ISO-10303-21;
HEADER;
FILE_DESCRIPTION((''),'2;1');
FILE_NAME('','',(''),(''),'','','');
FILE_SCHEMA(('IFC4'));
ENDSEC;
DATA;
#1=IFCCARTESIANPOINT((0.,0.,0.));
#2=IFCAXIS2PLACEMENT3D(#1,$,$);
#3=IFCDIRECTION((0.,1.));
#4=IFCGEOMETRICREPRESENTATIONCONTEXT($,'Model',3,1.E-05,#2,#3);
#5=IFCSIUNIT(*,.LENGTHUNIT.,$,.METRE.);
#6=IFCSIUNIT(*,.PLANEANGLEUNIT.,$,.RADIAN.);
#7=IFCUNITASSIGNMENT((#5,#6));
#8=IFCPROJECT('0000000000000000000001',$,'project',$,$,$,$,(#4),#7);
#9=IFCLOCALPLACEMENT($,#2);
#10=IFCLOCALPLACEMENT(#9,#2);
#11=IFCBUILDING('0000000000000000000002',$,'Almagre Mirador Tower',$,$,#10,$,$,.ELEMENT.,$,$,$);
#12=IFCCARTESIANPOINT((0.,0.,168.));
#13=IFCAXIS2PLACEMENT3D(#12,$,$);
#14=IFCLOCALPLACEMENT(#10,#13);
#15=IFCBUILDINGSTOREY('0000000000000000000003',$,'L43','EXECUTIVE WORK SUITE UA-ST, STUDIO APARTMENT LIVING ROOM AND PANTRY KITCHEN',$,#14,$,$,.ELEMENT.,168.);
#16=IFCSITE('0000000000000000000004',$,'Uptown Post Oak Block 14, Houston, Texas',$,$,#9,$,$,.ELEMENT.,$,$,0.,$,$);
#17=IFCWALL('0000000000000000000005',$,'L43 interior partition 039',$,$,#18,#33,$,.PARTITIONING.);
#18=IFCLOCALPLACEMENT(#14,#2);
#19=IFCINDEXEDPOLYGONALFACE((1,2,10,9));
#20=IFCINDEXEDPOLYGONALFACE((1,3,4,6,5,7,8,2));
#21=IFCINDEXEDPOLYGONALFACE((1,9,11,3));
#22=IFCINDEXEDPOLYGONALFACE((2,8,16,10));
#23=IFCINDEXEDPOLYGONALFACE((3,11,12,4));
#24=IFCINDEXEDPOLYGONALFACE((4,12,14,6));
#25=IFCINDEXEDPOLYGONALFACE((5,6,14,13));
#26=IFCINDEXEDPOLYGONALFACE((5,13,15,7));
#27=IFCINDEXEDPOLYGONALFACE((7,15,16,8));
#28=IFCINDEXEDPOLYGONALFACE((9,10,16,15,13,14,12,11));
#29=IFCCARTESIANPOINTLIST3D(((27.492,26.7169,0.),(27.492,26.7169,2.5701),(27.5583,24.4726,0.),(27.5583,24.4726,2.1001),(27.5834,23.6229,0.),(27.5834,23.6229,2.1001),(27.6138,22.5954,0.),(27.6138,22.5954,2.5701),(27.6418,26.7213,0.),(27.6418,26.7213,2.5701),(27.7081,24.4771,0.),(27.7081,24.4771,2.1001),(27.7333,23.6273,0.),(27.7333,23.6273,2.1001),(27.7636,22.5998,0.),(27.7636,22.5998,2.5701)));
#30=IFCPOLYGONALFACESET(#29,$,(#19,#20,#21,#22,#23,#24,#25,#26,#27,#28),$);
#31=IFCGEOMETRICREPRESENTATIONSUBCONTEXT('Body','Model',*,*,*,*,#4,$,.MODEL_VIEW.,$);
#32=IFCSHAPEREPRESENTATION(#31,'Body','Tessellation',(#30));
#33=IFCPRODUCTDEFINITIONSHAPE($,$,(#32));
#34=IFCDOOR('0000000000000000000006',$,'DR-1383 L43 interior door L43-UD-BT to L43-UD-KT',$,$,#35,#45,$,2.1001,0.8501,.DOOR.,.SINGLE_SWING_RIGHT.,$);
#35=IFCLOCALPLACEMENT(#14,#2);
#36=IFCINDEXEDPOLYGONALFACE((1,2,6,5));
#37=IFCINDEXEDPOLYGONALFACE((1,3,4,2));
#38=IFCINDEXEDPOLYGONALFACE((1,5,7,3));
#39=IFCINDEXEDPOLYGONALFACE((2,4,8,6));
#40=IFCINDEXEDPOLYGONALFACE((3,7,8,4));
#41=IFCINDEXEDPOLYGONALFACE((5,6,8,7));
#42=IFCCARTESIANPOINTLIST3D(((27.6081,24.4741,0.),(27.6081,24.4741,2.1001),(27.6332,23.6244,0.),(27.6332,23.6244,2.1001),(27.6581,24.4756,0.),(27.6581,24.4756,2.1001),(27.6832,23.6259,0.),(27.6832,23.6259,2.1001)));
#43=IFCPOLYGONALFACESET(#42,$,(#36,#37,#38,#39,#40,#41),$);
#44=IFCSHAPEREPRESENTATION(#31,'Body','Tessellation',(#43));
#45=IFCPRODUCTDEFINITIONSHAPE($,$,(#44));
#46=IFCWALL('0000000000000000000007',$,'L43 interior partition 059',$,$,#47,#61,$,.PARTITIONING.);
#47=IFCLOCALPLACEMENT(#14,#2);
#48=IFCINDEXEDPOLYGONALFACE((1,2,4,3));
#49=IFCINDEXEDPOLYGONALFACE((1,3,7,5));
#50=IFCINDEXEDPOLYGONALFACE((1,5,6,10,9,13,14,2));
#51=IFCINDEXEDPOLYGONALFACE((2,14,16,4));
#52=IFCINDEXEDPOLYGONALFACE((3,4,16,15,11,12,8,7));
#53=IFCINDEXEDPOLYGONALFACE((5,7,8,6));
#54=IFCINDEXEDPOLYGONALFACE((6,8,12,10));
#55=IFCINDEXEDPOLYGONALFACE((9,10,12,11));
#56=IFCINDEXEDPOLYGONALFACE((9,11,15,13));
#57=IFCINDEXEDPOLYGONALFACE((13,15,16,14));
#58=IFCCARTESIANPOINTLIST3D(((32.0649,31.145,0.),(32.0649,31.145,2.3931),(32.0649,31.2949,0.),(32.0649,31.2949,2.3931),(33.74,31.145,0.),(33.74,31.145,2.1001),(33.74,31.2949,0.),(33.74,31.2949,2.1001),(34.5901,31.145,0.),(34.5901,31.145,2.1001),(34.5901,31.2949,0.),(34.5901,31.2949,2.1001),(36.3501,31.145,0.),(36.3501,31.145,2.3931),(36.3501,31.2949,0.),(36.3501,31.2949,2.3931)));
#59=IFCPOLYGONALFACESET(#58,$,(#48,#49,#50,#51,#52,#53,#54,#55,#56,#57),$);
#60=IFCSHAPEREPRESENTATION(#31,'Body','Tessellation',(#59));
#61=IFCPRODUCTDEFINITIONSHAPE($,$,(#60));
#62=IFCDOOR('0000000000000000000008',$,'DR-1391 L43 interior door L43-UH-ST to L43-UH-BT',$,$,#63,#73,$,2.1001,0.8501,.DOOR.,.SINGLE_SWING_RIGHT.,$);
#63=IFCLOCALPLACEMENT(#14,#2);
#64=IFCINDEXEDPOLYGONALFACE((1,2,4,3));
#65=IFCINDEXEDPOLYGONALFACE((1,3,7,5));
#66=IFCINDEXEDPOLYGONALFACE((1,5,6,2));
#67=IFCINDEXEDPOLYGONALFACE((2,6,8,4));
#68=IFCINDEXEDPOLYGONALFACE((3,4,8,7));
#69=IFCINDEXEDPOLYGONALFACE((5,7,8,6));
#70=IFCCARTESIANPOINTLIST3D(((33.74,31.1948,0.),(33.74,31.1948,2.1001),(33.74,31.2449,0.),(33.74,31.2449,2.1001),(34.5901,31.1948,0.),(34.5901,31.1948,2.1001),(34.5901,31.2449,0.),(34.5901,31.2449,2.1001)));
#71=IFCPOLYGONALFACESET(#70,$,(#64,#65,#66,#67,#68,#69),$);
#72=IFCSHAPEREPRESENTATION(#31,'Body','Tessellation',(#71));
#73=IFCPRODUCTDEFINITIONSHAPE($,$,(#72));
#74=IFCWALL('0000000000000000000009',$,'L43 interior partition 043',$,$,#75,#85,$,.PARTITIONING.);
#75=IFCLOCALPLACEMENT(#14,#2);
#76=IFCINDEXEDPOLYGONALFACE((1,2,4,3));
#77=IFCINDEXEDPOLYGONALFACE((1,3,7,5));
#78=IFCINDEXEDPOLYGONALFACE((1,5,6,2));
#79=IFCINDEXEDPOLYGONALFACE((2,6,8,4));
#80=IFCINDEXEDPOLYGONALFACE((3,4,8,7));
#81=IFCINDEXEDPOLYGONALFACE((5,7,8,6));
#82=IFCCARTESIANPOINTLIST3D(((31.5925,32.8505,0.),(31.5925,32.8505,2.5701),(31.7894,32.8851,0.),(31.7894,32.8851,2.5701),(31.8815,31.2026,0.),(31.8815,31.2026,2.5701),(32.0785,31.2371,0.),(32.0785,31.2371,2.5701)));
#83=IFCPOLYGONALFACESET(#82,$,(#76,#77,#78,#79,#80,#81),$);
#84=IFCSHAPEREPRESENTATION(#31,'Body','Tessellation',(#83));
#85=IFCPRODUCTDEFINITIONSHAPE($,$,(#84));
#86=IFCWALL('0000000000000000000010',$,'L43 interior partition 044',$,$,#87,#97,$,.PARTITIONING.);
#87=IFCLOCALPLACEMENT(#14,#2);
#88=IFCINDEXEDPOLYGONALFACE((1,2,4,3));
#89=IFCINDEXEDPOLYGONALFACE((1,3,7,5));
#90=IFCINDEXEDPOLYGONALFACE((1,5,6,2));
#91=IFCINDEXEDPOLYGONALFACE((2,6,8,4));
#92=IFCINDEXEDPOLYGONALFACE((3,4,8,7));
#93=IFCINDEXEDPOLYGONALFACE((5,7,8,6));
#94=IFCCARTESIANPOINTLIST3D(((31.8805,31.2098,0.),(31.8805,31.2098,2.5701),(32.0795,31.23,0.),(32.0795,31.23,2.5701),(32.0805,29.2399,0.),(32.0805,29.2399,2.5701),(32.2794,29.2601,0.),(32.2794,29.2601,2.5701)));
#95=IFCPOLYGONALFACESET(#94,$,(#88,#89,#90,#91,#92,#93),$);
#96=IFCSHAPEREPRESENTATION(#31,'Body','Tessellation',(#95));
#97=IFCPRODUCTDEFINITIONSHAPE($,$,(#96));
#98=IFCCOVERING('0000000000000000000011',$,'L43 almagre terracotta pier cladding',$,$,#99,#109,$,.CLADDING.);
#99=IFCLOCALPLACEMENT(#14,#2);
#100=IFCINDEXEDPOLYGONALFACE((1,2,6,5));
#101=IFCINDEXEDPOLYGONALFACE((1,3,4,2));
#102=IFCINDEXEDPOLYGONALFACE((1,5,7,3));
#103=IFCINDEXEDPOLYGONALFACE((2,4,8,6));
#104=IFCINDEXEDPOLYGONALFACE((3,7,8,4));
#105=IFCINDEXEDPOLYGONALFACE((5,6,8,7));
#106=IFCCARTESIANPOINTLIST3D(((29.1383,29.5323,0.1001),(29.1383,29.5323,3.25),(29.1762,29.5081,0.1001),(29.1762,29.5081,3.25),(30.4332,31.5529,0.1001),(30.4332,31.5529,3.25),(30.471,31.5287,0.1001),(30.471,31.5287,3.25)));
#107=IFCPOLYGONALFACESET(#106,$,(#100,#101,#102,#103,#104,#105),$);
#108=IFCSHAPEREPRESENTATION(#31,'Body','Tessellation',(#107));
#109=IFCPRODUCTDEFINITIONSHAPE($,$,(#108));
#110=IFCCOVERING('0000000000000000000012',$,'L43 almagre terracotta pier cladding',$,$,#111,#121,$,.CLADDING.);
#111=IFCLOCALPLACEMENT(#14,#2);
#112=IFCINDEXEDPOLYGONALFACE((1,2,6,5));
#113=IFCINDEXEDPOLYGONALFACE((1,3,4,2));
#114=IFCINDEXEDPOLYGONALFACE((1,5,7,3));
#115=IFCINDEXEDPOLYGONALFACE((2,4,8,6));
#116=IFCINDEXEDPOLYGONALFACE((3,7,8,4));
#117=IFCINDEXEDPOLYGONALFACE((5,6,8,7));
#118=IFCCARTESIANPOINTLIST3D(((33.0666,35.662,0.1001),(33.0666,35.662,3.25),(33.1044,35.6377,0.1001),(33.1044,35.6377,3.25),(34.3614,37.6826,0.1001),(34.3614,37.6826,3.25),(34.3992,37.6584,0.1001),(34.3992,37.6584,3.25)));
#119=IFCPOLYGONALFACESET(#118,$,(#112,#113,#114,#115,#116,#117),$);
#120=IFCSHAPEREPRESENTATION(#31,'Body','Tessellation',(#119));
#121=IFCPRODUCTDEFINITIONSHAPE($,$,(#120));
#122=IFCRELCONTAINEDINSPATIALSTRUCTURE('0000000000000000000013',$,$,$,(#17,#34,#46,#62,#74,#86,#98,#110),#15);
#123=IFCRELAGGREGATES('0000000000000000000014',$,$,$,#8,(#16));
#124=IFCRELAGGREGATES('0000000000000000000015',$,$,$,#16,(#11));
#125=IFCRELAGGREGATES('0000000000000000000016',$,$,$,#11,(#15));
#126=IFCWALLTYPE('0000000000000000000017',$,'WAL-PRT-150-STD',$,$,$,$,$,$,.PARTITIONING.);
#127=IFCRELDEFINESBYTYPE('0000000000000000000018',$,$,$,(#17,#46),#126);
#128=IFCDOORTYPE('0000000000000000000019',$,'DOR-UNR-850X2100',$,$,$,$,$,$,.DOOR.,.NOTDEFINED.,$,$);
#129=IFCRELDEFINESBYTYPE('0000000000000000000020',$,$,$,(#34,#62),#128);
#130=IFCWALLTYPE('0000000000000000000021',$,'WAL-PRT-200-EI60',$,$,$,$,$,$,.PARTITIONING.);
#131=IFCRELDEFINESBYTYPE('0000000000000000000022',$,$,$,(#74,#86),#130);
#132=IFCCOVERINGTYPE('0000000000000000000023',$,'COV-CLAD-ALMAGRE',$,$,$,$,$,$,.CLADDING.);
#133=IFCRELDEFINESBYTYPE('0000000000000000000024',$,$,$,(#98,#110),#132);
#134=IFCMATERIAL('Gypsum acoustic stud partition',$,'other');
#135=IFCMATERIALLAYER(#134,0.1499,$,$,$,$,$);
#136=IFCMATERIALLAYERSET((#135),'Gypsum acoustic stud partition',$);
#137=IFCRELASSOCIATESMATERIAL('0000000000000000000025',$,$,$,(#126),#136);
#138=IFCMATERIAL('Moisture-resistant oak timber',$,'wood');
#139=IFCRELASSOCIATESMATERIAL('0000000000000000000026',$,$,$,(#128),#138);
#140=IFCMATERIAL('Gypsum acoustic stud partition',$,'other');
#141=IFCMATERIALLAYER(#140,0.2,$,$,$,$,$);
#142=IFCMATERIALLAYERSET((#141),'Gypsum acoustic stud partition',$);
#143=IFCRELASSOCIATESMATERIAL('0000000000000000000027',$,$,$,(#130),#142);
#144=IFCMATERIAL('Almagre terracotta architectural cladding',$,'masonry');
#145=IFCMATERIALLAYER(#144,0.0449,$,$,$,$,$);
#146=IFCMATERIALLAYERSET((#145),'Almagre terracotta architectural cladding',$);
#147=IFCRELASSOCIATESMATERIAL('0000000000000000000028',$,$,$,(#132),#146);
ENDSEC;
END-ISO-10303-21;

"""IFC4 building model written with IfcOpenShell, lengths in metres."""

from ifc_helpers import new_model, si_unit, direction, frame, frame_2d, origin, origin_2d, place, context, subcontext, project, spatial, rectangle, extrude, material, layer, layer_set, type_object, element, fill, save


model = new_model("IFC4")

# Units and contexts
model_context = context("Model", 3, precision=1e-05, world=origin(), true_north=direction((0.0, 1.0)))
body_context = subcontext(model_context, "Body", "Model", "MODEL_VIEW")
ifc_project = project(units=[si_unit("LENGTHUNIT", "METRE"), si_unit("PLANEANGLEUNIT", "RADIAN")], contexts=[model_context])

# Site, building, storey
site_placement = place(None, origin())
site = spatial("IfcSite", under=ifc_project, at=site_placement, Name="Uptown Post Oak Block 14, Houston, Texas", CompositionType="ELEMENT", RefElevation=0.0)
building_placement = place(site_placement, origin())
building = spatial("IfcBuilding", under=site, at=building_placement, Name="Almagre Mirador Tower", CompositionType="ELEMENT")
storey_placement = place(building_placement, frame((0.0, 0.0, 168.0)))
storey = spatial("IfcBuildingStorey", under=building, at=storey_placement, Name="L43", Description="EXECUTIVE WORK SUITE UA-ST, STUDIO APARTMENT LIVING ROOM AND PANTRY KITCHEN", CompositionType="ELEMENT", Elevation=168.0)

# Walls, openings, doors
ifc_material_1 = material(Name="Gypsum acoustic stud partition", Category="other")
ifc_layer_1 = layer(ifc_material_1, 0.1499)
ifc_layer_set_1 = layer_set([ifc_layer_1], Name="Gypsum acoustic stud partition")
wall_type_1 = type_object("IfcWallType", Name="WAL-PRT-150-STD", PredefinedType="PARTITIONING", material=ifc_layer_set_1)
wall_1_placement = place(storey_placement, frame((27.5669, 26.719, 0.0), z_axis=(0.0, 0.0, 1.0), x_axis=(0.029545, -0.999563, 0.0)))
wall_1 = element("IfcWall", 1, at=wall_1_placement, inside=storey, type_object=wall_type_1, Name="L43 interior partition 039", PredefinedType="PARTITIONING", context=body_context, shape_type="SweptSolid", body=[
    extrude(rectangle(XDim=4.1233, YDim=0.1499, at=frame_2d((2.0615, 0.0))), origin(), (0.0, 0.0, 1.0), 2.5701),
])
opening_1_placement = place(wall_1_placement, frame((2.2451, 0.0, 0.0)))
opening_1 = element("IfcOpeningElement", 2, at=opening_1_placement, cuts=wall_1, PredefinedType="OPENING", context=body_context, shape_type="SweptSolid", body=[
    extrude(rectangle(XDim=0.8501, YDim=2.1001, at=frame_2d((0.425, 1.05))), frame((0.0, 0.085, 0.0), z_axis=(0.0, -1.0, 0.0), x_axis=(1.0, 0.0, 0.0)), (0.0, 0.0, 1.0), 0.1699),
])
ifc_material_2 = material(Name="Moisture-resistant oak timber", Category="wood")
door_type = type_object("IfcDoorType", Name="DOR-UNR-850X2100", OperationType="NOTDEFINED", PredefinedType="DOOR", material=ifc_material_2)
door_1_placement = place(opening_1_placement, origin())
door_1 = element("IfcDoor", 3, at=door_1_placement, inside=storey, type_object=door_type, Name="DR-1383 L43 interior door L43-UD-BT to L43-UD-KT", OperationType="SINGLE_SWING_RIGHT", OverallHeight=2.1001, OverallWidth=0.8501, PredefinedType="DOOR", context=body_context, shape_type="SweptSolid", body=[
    extrude(rectangle(XDim=0.8501, YDim=2.1001, at=frame_2d((0.425, 1.05))), frame((0.0, 0.0249, 0.0), z_axis=(0.0, -1.0, 0.0), x_axis=(1.0, 0.0, 0.0)), (0.0, 0.0, 1.0), 0.05),
])
fill(opening_1, door_1)
wall_2_placement = place(storey_placement, frame((32.0649, 31.22, 0.0), z_axis=(0.0, 0.0, 1.0), x_axis=(1.0, 0.0, 0.0)))
wall_2 = element("IfcWall", 4, at=wall_2_placement, inside=storey, type_object=wall_type_1, Name="L43 interior partition 059", PredefinedType="PARTITIONING", context=body_context, shape_type="SweptSolid", body=[
    extrude(rectangle(XDim=4.2852, YDim=0.1499, at=frame_2d((2.1426, 0.0))), origin(), (0.0, 0.0, 1.0), 2.3931),
])
opening_2_placement = place(wall_2_placement, frame((1.675, 0.0, 0.0)))
opening_2 = element("IfcOpeningElement", 5, at=opening_2_placement, cuts=wall_2, PredefinedType="OPENING", context=body_context, shape_type="SweptSolid", body=[
    extrude(rectangle(XDim=0.8501, YDim=2.1001, at=frame_2d((0.425, 1.05))), frame((0.0, 0.085, 0.0), z_axis=(0.0, -1.0, 0.0), x_axis=(1.0, 0.0, 0.0)), (0.0, 0.0, 1.0), 0.1699),
])
door_2_placement = place(opening_2_placement, origin())
door_2 = element("IfcDoor", 6, at=door_2_placement, inside=storey, type_object=door_type, Name="DR-1391 L43 interior door L43-UH-ST to L43-UH-BT", OperationType="SINGLE_SWING_RIGHT", OverallHeight=2.1001, OverallWidth=0.8501, PredefinedType="DOOR", context=body_context, shape_type="SweptSolid", body=[
    extrude(rectangle(XDim=0.8501, YDim=2.1001, at=frame_2d((0.425, 1.05))), frame((0.0, 0.0249, 0.0), z_axis=(0.0, -1.0, 0.0), x_axis=(1.0, 0.0, 0.0)), (0.0, 0.0, 1.0), 0.05),
])
fill(opening_2, door_2)

# Walls
ifc_material_3 = material(Name="Gypsum acoustic stud partition", Category="other")
ifc_layer_2 = layer(ifc_material_3, 0.2)
ifc_layer_set_2 = layer_set([ifc_layer_2], Name="Gypsum acoustic stud partition")
wall_type_2 = type_object("IfcWallType", Name="WAL-PRT-200-EI60", PredefinedType="PARTITIONING", material=ifc_layer_set_2)
wall_3_placement = place(storey_placement, frame((31.98, 31.22, 0.0), z_axis=(0.0, 0.0, 1.0), x_axis=(-0.17277, 0.984962, 0.0)))
element("IfcWall", 7, at=wall_3_placement, inside=storey, type_object=wall_type_2, Name="L43 interior partition 043", PredefinedType="PARTITIONING", context=body_context, shape_type="SweptSolid", body=[
    extrude(rectangle(XDim=1.6731, YDim=0.2, at=frame_2d((0.8364, 0.0))), origin(), (0.0, 0.0, 1.0), 2.5701),
])
wall_4_placement = place(storey_placement, frame((32.1799, 29.25, 0.0), z_axis=(0.0, 0.0, 1.0), x_axis=(-0.100981, 0.994888, 0.0)))
element("IfcWall", 8, at=wall_4_placement, inside=storey, type_object=wall_type_2, Name="L43 interior partition 044", PredefinedType="PARTITIONING", context=body_context, shape_type="SweptSolid", body=[
    extrude(rectangle(XDim=1.98, YDim=0.2, at=frame_2d((0.99, 0.0))), origin(), (0.0, 0.0, 1.0), 2.5701),
])

# Coverings
ifc_material_4 = material(Name="Almagre terracotta architectural cladding", Category="masonry")
ifc_layer_3 = layer(ifc_material_4, 0.0449)
ifc_layer_set_3 = layer_set([ifc_layer_3], Name="Almagre terracotta architectural cladding")
covering_type = type_object("IfcCoveringType", Name="COV-CLAD-ALMAGRE", PredefinedType="CLADDING", material=ifc_layer_set_3)
for number, where, z_axis, x_axis, name in (
    (9, (29.8047, 30.5305, 0.1001), (0.0, 0.0, 1.0), (0.53955, 0.841954, 0.0), "L43 almagre terracotta pier cladding"),
    (10, (33.7329, 36.6602, 0.1001), (0.0, 0.0, 1.0), (0.539535, 0.841963, 0.0), "L43 almagre terracotta pier cladding"),
):
    element("IfcCovering", number, at=place(storey_placement, frame(where, z_axis=z_axis, x_axis=x_axis)), inside=storey, type_object=covering_type, Name=name, PredefinedType="CLADDING", context=body_context, shape_type="SweptSolid", body=[
        extrude(rectangle(XDim=2.3999, YDim=0.0449, at=origin_2d()), origin(), (0.0, 0.0, 1.0), 3.1499),
    ])

save(model, "model.ifc")
